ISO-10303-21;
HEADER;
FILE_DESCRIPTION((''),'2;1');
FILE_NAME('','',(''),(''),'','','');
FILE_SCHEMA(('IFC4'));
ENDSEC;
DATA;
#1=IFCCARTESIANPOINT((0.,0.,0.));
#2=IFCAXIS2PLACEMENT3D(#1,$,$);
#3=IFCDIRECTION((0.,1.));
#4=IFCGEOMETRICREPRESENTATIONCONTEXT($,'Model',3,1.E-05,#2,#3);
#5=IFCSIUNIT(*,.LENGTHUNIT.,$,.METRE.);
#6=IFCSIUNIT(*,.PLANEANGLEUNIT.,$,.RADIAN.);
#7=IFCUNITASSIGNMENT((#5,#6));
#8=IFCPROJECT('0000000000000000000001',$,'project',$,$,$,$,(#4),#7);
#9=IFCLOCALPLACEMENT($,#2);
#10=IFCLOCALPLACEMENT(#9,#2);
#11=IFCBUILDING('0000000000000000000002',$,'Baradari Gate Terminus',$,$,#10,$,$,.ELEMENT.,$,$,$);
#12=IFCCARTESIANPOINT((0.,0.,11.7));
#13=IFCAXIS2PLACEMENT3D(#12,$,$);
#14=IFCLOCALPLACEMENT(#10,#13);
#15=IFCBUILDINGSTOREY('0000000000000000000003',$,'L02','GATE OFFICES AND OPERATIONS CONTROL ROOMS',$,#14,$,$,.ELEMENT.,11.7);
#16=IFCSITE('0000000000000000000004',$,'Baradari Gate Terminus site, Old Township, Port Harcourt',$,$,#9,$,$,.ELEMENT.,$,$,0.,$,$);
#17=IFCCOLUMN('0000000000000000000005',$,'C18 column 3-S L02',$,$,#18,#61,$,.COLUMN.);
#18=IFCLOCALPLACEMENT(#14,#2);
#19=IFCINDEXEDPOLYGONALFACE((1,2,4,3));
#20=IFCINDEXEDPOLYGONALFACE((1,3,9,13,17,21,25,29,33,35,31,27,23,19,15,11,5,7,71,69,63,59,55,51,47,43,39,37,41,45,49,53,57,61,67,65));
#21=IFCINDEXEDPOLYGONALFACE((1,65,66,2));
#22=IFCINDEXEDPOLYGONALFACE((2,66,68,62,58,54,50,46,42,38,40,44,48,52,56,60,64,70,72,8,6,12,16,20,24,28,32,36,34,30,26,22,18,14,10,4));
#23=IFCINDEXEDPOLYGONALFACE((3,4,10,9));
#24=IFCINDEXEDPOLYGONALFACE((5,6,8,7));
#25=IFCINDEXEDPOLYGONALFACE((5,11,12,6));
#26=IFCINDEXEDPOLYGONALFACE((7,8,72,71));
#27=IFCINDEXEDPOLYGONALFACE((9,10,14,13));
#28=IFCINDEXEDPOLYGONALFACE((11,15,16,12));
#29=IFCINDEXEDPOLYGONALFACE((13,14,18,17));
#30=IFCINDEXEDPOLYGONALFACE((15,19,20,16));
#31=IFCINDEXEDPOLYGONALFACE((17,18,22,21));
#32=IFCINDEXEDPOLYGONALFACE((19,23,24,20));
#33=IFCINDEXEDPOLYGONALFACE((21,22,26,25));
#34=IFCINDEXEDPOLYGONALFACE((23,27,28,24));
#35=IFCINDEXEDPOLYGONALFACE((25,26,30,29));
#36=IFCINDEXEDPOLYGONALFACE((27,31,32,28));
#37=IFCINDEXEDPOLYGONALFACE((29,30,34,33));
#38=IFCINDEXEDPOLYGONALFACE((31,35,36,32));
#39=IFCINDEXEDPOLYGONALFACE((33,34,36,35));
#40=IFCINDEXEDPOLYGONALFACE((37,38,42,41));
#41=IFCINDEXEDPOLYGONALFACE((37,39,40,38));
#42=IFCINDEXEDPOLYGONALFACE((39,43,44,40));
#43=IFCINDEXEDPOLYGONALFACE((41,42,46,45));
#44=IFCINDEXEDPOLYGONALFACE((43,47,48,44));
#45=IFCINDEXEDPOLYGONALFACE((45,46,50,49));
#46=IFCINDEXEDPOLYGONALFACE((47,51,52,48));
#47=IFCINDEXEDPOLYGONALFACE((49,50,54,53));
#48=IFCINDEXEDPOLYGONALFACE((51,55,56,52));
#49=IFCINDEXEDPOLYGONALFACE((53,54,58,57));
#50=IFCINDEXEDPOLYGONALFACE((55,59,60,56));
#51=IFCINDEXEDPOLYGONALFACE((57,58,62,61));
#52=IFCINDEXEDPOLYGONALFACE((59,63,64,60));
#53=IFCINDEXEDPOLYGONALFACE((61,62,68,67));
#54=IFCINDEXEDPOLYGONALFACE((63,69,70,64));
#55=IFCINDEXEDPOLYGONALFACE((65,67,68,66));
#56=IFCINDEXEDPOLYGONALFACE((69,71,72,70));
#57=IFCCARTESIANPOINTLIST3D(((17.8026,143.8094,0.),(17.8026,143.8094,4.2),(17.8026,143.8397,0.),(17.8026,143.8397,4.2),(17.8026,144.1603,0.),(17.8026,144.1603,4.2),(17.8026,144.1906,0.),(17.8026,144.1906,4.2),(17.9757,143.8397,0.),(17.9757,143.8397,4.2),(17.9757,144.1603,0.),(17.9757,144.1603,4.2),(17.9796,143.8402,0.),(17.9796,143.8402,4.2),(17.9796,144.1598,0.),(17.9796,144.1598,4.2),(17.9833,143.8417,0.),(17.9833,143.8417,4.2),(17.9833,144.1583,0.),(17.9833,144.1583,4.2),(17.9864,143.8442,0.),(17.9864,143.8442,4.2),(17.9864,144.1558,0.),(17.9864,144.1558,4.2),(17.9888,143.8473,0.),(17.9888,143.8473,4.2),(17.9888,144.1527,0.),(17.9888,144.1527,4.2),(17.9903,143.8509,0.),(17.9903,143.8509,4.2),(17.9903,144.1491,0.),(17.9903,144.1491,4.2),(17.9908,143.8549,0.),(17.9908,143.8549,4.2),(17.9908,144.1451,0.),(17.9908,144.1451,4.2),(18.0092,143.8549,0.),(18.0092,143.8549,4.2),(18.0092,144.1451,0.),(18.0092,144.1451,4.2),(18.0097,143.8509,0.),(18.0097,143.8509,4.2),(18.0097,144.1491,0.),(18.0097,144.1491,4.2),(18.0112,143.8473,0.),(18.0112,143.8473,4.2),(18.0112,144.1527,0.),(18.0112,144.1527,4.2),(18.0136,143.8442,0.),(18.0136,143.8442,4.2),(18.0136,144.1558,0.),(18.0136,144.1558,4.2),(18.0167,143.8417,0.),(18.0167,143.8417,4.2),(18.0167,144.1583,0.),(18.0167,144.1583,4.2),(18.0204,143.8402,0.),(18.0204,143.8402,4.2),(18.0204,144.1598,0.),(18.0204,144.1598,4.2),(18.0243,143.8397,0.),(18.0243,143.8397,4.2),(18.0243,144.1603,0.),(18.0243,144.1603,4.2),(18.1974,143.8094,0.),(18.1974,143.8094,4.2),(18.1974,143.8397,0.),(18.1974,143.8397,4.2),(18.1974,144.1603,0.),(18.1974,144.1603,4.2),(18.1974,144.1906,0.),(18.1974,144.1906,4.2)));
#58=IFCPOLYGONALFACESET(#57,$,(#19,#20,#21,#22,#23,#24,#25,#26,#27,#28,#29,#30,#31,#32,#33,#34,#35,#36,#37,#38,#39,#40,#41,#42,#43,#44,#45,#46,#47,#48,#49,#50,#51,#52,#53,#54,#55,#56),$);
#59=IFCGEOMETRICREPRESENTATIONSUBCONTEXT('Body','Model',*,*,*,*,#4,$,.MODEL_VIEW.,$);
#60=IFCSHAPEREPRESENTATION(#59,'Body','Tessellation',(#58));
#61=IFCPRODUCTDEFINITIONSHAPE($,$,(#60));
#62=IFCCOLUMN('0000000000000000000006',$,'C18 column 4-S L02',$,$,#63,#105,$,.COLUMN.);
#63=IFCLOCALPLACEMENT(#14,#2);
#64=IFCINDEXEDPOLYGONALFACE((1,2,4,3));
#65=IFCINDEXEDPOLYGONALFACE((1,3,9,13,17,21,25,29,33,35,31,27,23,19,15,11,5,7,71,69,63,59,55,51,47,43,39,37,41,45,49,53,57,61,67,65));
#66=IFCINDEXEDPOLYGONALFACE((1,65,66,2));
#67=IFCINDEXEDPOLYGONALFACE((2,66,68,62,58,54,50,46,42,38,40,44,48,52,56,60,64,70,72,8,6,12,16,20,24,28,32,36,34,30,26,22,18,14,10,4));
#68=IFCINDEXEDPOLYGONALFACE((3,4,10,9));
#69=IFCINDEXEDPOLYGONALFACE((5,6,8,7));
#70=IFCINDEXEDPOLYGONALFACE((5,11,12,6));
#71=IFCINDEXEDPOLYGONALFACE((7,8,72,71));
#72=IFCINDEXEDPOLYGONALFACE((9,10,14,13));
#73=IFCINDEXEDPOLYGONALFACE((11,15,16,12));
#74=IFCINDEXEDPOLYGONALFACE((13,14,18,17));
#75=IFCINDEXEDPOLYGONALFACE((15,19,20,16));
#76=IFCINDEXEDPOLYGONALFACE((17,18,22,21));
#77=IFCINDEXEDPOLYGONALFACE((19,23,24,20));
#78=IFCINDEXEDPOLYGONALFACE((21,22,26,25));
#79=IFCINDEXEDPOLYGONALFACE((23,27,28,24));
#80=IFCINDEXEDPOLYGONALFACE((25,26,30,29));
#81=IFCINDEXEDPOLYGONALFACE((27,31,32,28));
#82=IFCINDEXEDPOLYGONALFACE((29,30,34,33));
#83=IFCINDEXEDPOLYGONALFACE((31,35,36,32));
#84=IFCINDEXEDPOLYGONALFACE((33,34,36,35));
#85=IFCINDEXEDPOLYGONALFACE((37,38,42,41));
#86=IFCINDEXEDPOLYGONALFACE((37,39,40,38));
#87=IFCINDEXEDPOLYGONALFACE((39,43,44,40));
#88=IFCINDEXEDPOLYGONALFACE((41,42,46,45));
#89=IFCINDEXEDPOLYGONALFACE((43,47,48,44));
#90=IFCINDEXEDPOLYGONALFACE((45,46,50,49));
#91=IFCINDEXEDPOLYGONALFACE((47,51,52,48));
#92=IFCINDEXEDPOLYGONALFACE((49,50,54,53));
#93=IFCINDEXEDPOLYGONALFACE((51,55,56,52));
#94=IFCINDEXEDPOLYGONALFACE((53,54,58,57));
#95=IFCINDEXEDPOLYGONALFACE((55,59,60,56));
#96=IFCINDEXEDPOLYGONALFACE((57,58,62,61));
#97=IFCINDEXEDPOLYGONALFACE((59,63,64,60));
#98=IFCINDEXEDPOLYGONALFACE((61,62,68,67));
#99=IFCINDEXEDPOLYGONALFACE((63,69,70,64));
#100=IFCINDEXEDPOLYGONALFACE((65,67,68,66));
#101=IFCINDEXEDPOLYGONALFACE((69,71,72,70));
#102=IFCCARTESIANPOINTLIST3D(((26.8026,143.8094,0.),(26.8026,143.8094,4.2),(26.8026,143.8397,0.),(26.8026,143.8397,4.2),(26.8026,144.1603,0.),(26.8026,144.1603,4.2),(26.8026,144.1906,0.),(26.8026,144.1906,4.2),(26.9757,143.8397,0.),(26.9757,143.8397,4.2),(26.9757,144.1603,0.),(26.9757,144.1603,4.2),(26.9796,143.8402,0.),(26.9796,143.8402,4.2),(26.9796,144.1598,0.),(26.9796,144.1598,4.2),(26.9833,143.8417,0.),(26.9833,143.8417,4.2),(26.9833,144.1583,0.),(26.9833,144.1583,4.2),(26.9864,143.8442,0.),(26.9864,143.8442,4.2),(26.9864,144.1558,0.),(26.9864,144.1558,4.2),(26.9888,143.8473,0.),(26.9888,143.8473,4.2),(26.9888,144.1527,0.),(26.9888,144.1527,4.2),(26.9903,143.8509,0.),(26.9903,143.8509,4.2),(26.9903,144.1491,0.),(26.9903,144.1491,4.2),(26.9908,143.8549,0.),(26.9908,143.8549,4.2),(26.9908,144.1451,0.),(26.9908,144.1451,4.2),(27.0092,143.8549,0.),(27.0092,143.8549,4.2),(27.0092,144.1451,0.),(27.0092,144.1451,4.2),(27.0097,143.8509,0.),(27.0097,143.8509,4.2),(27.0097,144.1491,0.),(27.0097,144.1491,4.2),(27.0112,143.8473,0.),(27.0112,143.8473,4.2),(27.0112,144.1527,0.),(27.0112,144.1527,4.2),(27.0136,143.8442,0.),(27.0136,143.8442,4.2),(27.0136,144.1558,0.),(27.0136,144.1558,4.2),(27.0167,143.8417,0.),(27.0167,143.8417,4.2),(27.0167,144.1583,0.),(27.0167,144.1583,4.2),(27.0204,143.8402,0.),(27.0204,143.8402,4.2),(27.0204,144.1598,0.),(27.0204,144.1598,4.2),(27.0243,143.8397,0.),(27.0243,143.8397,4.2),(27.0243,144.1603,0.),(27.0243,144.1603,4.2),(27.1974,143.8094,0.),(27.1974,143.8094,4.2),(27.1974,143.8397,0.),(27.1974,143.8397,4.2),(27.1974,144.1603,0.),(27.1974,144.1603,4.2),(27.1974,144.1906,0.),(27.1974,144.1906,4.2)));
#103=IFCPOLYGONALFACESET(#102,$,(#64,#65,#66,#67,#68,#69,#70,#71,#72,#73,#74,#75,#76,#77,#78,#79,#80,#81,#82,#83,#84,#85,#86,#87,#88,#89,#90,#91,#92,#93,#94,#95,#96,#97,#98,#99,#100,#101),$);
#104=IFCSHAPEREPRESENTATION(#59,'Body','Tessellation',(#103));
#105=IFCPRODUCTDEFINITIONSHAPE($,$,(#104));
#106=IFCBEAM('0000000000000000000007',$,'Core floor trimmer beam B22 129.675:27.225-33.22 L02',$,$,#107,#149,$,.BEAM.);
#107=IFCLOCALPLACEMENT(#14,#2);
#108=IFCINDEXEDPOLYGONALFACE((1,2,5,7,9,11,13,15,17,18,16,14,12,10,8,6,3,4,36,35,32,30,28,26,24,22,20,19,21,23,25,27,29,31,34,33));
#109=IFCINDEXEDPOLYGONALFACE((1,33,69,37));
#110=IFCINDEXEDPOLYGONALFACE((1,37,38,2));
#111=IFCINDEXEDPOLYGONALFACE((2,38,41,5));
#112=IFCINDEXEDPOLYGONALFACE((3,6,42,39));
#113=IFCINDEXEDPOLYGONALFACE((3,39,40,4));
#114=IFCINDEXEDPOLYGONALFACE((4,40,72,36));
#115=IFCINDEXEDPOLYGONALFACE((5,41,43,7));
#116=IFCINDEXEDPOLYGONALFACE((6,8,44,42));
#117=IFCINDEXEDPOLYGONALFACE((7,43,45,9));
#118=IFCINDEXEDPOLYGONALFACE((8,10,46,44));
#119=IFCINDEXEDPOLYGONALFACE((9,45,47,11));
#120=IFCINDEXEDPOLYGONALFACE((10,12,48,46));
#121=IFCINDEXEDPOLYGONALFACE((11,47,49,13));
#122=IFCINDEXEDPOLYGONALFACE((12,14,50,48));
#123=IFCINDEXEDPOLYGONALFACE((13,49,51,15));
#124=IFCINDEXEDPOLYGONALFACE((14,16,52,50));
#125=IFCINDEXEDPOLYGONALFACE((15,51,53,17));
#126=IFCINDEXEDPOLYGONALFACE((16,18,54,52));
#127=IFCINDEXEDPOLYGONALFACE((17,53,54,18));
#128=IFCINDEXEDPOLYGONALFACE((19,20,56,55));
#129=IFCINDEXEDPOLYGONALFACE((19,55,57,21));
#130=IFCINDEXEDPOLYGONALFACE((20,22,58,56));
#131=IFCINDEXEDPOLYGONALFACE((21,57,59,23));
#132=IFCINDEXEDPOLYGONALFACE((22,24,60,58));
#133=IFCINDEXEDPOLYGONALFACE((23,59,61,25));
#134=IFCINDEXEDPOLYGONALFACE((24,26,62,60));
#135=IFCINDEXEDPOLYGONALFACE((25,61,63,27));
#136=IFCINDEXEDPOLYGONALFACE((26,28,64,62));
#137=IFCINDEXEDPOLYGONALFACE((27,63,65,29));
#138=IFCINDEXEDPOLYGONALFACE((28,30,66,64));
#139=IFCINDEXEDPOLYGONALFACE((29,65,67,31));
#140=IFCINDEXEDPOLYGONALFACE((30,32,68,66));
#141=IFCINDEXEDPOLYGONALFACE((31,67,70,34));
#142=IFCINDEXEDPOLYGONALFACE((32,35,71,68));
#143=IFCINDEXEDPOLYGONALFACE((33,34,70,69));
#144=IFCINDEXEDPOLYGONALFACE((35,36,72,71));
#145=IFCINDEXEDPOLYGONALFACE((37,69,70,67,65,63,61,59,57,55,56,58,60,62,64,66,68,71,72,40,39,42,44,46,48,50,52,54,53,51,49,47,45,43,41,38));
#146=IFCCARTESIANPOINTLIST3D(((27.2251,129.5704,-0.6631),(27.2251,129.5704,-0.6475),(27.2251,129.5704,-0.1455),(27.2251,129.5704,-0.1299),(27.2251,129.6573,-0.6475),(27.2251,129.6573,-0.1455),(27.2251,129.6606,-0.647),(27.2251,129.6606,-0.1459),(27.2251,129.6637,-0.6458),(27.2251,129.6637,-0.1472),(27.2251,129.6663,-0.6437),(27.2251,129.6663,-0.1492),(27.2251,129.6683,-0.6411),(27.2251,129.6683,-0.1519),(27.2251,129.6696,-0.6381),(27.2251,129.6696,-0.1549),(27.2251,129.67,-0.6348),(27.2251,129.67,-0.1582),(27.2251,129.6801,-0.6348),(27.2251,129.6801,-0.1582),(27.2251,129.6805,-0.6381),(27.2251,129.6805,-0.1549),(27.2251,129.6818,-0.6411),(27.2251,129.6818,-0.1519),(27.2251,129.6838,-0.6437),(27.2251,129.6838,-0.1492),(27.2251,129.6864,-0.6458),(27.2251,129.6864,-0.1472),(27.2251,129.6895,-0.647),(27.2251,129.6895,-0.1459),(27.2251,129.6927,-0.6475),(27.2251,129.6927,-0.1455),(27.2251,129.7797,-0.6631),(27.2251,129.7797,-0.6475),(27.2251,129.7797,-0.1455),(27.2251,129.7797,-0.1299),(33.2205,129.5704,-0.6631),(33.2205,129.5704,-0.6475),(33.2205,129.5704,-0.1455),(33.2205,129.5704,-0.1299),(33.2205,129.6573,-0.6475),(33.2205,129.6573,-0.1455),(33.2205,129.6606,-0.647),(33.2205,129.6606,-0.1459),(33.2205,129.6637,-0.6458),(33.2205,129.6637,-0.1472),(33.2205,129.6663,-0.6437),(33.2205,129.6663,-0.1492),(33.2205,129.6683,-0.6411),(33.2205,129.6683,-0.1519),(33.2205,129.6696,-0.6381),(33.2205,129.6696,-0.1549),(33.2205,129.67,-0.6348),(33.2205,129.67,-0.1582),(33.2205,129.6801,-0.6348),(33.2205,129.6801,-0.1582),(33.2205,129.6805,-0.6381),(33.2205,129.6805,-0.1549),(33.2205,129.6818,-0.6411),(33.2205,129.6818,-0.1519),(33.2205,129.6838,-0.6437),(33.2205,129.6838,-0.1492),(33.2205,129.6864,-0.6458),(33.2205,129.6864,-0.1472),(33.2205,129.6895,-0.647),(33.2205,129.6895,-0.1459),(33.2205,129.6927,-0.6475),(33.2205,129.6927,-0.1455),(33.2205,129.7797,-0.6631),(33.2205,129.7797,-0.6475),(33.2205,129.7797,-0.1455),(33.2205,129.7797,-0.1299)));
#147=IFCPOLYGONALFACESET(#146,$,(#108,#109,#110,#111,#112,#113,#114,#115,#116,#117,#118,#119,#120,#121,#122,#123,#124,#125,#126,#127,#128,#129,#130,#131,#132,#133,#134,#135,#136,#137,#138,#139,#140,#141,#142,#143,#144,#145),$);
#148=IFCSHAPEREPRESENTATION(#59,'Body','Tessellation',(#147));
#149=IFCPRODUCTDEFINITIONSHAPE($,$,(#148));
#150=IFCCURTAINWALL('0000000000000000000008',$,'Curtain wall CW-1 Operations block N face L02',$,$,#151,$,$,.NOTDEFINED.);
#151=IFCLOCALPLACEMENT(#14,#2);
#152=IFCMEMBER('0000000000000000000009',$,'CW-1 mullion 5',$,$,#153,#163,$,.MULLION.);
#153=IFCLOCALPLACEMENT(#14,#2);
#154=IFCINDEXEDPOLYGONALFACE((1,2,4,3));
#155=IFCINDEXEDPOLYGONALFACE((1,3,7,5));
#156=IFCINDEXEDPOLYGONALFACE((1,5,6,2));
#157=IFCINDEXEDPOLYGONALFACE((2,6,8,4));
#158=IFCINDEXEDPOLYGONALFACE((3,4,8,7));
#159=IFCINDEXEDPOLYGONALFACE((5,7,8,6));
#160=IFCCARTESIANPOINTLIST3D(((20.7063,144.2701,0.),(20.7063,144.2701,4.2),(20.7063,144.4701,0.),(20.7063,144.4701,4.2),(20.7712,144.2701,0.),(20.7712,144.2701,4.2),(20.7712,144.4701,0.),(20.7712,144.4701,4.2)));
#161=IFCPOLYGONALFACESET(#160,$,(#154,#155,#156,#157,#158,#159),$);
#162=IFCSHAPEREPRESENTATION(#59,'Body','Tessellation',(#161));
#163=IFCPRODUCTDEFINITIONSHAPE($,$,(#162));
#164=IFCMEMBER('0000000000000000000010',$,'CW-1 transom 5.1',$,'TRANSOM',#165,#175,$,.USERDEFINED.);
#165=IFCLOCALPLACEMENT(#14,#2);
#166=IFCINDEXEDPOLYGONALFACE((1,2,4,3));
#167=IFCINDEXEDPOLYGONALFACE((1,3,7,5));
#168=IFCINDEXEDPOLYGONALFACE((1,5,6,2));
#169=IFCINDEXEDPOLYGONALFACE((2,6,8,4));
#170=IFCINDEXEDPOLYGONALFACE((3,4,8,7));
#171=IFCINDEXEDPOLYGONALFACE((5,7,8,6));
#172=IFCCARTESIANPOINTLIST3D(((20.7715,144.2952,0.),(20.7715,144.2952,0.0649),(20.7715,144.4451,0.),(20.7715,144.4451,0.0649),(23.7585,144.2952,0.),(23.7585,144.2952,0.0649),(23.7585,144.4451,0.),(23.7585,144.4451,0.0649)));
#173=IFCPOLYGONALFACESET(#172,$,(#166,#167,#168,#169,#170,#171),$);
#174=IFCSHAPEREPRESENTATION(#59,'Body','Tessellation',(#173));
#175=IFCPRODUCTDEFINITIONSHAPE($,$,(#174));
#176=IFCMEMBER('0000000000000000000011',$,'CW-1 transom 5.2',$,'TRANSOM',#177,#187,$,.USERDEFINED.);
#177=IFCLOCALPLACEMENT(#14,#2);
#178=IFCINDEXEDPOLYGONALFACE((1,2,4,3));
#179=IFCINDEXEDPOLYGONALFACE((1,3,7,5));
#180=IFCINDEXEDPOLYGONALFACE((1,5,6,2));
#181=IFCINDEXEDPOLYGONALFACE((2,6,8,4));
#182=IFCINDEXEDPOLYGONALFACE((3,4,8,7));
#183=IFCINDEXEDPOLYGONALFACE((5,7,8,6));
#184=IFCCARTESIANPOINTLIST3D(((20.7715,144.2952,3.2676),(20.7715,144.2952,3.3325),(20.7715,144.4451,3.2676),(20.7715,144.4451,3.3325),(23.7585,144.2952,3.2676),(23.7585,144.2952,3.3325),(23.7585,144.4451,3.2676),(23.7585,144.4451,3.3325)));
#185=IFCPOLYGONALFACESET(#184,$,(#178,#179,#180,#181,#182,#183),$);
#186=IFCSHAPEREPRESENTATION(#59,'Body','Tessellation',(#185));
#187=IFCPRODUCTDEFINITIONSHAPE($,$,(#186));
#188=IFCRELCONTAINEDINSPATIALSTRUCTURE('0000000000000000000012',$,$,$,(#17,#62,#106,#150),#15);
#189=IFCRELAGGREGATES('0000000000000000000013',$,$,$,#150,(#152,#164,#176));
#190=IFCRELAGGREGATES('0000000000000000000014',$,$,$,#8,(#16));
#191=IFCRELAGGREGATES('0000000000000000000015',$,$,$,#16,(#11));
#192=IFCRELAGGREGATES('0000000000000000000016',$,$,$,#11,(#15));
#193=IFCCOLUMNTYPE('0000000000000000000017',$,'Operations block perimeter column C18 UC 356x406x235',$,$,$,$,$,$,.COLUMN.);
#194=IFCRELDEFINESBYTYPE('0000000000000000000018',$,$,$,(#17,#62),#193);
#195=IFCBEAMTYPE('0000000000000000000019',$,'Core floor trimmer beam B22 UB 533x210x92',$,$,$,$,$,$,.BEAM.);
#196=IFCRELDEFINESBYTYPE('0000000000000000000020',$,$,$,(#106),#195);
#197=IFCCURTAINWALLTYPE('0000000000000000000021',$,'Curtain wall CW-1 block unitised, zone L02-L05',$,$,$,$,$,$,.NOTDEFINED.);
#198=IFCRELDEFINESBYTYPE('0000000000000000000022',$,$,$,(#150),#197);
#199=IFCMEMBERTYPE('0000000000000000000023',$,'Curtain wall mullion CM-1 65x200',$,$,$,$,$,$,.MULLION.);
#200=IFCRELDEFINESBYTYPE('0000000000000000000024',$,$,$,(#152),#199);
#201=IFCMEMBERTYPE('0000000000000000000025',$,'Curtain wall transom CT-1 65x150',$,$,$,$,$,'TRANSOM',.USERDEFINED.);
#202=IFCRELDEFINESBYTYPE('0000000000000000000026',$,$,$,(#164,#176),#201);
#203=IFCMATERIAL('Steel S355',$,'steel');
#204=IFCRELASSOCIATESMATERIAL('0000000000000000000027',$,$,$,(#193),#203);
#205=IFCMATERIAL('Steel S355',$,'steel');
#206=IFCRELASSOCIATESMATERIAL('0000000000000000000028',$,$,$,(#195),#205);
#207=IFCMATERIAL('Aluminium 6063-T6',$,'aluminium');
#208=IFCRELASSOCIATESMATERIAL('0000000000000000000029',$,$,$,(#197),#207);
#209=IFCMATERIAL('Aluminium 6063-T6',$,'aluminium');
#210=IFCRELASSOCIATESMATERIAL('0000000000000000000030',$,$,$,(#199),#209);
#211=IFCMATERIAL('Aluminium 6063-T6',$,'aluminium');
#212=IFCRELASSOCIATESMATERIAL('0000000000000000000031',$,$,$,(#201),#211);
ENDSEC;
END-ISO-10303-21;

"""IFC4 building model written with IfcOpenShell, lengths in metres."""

from ifc_helpers import new_model, si_unit, direction, frame, origin, origin_2d, place, context, subcontext, project, spatial, rectangle, i_section, extrude, material, material_profile, profile_set, type_object, element, aggregate, save


model = new_model("IFC4")

# Units and contexts
model_context = context("Model", 3, precision=1e-05, world=origin(), true_north=direction((0.0, 1.0)))
body_context = subcontext(model_context, "Body", "Model", "MODEL_VIEW")
ifc_project = project(units=[si_unit("LENGTHUNIT", "METRE"), si_unit("PLANEANGLEUNIT", "RADIAN")], contexts=[model_context])

# Site, building, storey
site_placement = place(None, origin())
site = spatial("IfcSite", under=ifc_project, at=site_placement, Name="Baradari Gate Terminus site, Old Township, Port Harcourt", CompositionType="ELEMENT", RefElevation=0.0)
building_placement = place(site_placement, origin())
building = spatial("IfcBuilding", under=site, at=building_placement, Name="Baradari Gate Terminus", CompositionType="ELEMENT")
storey_placement = place(building_placement, frame((0.0, 0.0, 11.7)))
storey = spatial("IfcBuildingStorey", under=building, at=storey_placement, Name="L02", Description="GATE OFFICES AND OPERATIONS CONTROL ROOMS", CompositionType="ELEMENT", Elevation=11.7)

# Columns
ifc_material_1 = material(Name="Steel S355", Category="steel")
ifc_material_profile_1 = material_profile(ifc_material_1, i_section(OverallWidth=0.3948, OverallDepth=0.3811, WebThickness=0.0183, FlangeThickness=0.0303, FilletRadius=0.0151, at=origin_2d()), Name="UC 356x406x235")
ifc_profile_set_1 = profile_set([ifc_material_profile_1], Name="Steel S355")
column_type = type_object("IfcColumnType", Name="Operations block perimeter column C18 UC 356x406x235", PredefinedType="COLUMN", material=ifc_profile_set_1)
for number, where, z_axis, x_axis, name in (
    (1, (18.0, 144.0, 0.0), (0.0, 0.0, 1.0), (1.0, 0.0, 0.0), "C18 column 3-S L02"),
    (2, (27.0, 144.0, 0.0), (0.0, 0.0, 1.0), (1.0, 0.0, 0.0), "C18 column 4-S L02"),
):
    element("IfcColumn", number, at=place(storey_placement, frame(where, z_axis=z_axis, x_axis=x_axis)), inside=storey, type_object=column_type, Name=name, PredefinedType="COLUMN", context=body_context, shape_type="SweptSolid", body=[
        extrude(i_section(OverallWidth=0.3948, OverallDepth=0.3811, WebThickness=0.0183, FlangeThickness=0.0303, FilletRadius=0.0151, at=origin_2d()), origin(), (0.0, 0.0, 1.0), 4.2),
    ])

# Beam
ifc_material_2 = material(Name="Steel S355", Category="steel")
ifc_material_profile_2 = material_profile(ifc_material_2, i_section(OverallWidth=0.2092, OverallDepth=0.5332, WebThickness=0.01, FlangeThickness=0.0156, FilletRadius=0.0127, at=origin_2d()), Name="UB 533x210x92")
ifc_profile_set_2 = profile_set([ifc_material_profile_2], Name="Steel S355")
beam_type_1 = type_object("IfcBeamType", Name="Core floor trimmer beam B22 UB 533x210x92", PredefinedType="BEAM", material=ifc_profile_set_2)
beam_1_placement = place(storey_placement, frame((27.2251, 129.675, -0.3965), z_axis=(1.0, 0.0, 0.0), x_axis=(0.0, 1.0, 0.0)))
element("IfcBeam", 3, at=beam_1_placement, inside=storey, type_object=beam_type_1, Name="Core floor trimmer beam B22 129.675:27.225-33.22 L02", PredefinedType="BEAM", context=body_context, shape_type="SweptSolid", body=[
    extrude(i_section(OverallWidth=0.2092, OverallDepth=0.5332, WebThickness=0.01, FlangeThickness=0.0156, FilletRadius=0.0127, at=origin_2d()), origin(), (0.0, 0.0, 1.0), 5.9954),
])

# Curtain wall, members
ifc_material_3 = material(Name="Aluminium 6063-T6", Category="aluminium")
curtain_wall_type = type_object("IfcCurtainWallType", Name="Curtain wall CW-1 block unitised, zone L02-L05", PredefinedType="NOTDEFINED", material=ifc_material_3)
curtain_wall_placement = place(storey_placement, origin())
curtain_wall = element("IfcCurtainWall", 4, at=curtain_wall_placement, inside=storey, type_object=curtain_wall_type, Name="Curtain wall CW-1 Operations block N face L02", PredefinedType="NOTDEFINED")
ifc_material_4 = material(Name="Aluminium 6063-T6", Category="aluminium")
ifc_material_profile_3 = material_profile(ifc_material_4, rectangle(XDim=0.2, YDim=0.0649, at=origin_2d()), Name="CM-1 65X200")
ifc_profile_set_3 = profile_set([ifc_material_profile_3], Name="Aluminium 6063-T6")
member_type_1 = type_object("IfcMemberType", Name="Curtain wall mullion CM-1 65x200", PredefinedType="MULLION", material=ifc_profile_set_3)
member_1_placement = place(storey_placement, frame((20.7388, 144.3701, 0.0), z_axis=(0.0, 0.0, 1.0), x_axis=(0.0, 1.0, 0.0)))
member_1 = element("IfcMember", 5, at=member_1_placement, type_object=member_type_1, Name="CW-1 mullion 5", PredefinedType="MULLION", context=body_context, shape_type="SweptSolid", body=[
    extrude(rectangle(XDim=0.2, YDim=0.0649, at=origin_2d()), origin(), (0.0, 0.0, 1.0), 4.2),
])
ifc_material_5 = material(Name="Aluminium 6063-T6", Category="aluminium")
ifc_material_profile_4 = material_profile(ifc_material_5, rectangle(XDim=0.1499, YDim=0.0649, at=origin_2d()), Name="CT-1 65X150")
ifc_profile_set_4 = profile_set([ifc_material_profile_4], Name="Aluminium 6063-T6")
member_type_2 = type_object("IfcMemberType", Name="Curtain wall transom CT-1 65x150", ElementType="TRANSOM", PredefinedType="USERDEFINED", material=ifc_profile_set_4)
member_2_placement = place(storey_placement, frame((20.7715, 144.3701, 0.0325), z_axis=(1.0, 0.0, 0.0), x_axis=(0.0, 1.0, 0.0)))
member_2 = element("IfcMember", 6, at=member_2_placement, type_object=member_type_2, Name="CW-1 transom 5.1", ObjectType="TRANSOM", PredefinedType="USERDEFINED", context=body_context, shape_type="SweptSolid", body=[
    extrude(rectangle(XDim=0.1499, YDim=0.0649, at=origin_2d()), origin(), (0.0, 0.0, 1.0), 2.9871),
])
member_3_placement = place(storey_placement, frame((20.7715, 144.3701, 3.3), z_axis=(1.0, 0.0, 0.0), x_axis=(0.0, 1.0, 0.0)))
member_3 = element("IfcMember", 7, at=member_3_placement, type_object=member_type_2, Name="CW-1 transom 5.2", ObjectType="TRANSOM", PredefinedType="USERDEFINED", context=body_context, shape_type="SweptSolid", body=[
    extrude(rectangle(XDim=0.1499, YDim=0.0649, at=origin_2d()), origin(), (0.0, 0.0, 1.0), 2.9871),
])

aggregate(curtain_wall, [member_1, member_2, member_3])

save(model, "model.ifc")
